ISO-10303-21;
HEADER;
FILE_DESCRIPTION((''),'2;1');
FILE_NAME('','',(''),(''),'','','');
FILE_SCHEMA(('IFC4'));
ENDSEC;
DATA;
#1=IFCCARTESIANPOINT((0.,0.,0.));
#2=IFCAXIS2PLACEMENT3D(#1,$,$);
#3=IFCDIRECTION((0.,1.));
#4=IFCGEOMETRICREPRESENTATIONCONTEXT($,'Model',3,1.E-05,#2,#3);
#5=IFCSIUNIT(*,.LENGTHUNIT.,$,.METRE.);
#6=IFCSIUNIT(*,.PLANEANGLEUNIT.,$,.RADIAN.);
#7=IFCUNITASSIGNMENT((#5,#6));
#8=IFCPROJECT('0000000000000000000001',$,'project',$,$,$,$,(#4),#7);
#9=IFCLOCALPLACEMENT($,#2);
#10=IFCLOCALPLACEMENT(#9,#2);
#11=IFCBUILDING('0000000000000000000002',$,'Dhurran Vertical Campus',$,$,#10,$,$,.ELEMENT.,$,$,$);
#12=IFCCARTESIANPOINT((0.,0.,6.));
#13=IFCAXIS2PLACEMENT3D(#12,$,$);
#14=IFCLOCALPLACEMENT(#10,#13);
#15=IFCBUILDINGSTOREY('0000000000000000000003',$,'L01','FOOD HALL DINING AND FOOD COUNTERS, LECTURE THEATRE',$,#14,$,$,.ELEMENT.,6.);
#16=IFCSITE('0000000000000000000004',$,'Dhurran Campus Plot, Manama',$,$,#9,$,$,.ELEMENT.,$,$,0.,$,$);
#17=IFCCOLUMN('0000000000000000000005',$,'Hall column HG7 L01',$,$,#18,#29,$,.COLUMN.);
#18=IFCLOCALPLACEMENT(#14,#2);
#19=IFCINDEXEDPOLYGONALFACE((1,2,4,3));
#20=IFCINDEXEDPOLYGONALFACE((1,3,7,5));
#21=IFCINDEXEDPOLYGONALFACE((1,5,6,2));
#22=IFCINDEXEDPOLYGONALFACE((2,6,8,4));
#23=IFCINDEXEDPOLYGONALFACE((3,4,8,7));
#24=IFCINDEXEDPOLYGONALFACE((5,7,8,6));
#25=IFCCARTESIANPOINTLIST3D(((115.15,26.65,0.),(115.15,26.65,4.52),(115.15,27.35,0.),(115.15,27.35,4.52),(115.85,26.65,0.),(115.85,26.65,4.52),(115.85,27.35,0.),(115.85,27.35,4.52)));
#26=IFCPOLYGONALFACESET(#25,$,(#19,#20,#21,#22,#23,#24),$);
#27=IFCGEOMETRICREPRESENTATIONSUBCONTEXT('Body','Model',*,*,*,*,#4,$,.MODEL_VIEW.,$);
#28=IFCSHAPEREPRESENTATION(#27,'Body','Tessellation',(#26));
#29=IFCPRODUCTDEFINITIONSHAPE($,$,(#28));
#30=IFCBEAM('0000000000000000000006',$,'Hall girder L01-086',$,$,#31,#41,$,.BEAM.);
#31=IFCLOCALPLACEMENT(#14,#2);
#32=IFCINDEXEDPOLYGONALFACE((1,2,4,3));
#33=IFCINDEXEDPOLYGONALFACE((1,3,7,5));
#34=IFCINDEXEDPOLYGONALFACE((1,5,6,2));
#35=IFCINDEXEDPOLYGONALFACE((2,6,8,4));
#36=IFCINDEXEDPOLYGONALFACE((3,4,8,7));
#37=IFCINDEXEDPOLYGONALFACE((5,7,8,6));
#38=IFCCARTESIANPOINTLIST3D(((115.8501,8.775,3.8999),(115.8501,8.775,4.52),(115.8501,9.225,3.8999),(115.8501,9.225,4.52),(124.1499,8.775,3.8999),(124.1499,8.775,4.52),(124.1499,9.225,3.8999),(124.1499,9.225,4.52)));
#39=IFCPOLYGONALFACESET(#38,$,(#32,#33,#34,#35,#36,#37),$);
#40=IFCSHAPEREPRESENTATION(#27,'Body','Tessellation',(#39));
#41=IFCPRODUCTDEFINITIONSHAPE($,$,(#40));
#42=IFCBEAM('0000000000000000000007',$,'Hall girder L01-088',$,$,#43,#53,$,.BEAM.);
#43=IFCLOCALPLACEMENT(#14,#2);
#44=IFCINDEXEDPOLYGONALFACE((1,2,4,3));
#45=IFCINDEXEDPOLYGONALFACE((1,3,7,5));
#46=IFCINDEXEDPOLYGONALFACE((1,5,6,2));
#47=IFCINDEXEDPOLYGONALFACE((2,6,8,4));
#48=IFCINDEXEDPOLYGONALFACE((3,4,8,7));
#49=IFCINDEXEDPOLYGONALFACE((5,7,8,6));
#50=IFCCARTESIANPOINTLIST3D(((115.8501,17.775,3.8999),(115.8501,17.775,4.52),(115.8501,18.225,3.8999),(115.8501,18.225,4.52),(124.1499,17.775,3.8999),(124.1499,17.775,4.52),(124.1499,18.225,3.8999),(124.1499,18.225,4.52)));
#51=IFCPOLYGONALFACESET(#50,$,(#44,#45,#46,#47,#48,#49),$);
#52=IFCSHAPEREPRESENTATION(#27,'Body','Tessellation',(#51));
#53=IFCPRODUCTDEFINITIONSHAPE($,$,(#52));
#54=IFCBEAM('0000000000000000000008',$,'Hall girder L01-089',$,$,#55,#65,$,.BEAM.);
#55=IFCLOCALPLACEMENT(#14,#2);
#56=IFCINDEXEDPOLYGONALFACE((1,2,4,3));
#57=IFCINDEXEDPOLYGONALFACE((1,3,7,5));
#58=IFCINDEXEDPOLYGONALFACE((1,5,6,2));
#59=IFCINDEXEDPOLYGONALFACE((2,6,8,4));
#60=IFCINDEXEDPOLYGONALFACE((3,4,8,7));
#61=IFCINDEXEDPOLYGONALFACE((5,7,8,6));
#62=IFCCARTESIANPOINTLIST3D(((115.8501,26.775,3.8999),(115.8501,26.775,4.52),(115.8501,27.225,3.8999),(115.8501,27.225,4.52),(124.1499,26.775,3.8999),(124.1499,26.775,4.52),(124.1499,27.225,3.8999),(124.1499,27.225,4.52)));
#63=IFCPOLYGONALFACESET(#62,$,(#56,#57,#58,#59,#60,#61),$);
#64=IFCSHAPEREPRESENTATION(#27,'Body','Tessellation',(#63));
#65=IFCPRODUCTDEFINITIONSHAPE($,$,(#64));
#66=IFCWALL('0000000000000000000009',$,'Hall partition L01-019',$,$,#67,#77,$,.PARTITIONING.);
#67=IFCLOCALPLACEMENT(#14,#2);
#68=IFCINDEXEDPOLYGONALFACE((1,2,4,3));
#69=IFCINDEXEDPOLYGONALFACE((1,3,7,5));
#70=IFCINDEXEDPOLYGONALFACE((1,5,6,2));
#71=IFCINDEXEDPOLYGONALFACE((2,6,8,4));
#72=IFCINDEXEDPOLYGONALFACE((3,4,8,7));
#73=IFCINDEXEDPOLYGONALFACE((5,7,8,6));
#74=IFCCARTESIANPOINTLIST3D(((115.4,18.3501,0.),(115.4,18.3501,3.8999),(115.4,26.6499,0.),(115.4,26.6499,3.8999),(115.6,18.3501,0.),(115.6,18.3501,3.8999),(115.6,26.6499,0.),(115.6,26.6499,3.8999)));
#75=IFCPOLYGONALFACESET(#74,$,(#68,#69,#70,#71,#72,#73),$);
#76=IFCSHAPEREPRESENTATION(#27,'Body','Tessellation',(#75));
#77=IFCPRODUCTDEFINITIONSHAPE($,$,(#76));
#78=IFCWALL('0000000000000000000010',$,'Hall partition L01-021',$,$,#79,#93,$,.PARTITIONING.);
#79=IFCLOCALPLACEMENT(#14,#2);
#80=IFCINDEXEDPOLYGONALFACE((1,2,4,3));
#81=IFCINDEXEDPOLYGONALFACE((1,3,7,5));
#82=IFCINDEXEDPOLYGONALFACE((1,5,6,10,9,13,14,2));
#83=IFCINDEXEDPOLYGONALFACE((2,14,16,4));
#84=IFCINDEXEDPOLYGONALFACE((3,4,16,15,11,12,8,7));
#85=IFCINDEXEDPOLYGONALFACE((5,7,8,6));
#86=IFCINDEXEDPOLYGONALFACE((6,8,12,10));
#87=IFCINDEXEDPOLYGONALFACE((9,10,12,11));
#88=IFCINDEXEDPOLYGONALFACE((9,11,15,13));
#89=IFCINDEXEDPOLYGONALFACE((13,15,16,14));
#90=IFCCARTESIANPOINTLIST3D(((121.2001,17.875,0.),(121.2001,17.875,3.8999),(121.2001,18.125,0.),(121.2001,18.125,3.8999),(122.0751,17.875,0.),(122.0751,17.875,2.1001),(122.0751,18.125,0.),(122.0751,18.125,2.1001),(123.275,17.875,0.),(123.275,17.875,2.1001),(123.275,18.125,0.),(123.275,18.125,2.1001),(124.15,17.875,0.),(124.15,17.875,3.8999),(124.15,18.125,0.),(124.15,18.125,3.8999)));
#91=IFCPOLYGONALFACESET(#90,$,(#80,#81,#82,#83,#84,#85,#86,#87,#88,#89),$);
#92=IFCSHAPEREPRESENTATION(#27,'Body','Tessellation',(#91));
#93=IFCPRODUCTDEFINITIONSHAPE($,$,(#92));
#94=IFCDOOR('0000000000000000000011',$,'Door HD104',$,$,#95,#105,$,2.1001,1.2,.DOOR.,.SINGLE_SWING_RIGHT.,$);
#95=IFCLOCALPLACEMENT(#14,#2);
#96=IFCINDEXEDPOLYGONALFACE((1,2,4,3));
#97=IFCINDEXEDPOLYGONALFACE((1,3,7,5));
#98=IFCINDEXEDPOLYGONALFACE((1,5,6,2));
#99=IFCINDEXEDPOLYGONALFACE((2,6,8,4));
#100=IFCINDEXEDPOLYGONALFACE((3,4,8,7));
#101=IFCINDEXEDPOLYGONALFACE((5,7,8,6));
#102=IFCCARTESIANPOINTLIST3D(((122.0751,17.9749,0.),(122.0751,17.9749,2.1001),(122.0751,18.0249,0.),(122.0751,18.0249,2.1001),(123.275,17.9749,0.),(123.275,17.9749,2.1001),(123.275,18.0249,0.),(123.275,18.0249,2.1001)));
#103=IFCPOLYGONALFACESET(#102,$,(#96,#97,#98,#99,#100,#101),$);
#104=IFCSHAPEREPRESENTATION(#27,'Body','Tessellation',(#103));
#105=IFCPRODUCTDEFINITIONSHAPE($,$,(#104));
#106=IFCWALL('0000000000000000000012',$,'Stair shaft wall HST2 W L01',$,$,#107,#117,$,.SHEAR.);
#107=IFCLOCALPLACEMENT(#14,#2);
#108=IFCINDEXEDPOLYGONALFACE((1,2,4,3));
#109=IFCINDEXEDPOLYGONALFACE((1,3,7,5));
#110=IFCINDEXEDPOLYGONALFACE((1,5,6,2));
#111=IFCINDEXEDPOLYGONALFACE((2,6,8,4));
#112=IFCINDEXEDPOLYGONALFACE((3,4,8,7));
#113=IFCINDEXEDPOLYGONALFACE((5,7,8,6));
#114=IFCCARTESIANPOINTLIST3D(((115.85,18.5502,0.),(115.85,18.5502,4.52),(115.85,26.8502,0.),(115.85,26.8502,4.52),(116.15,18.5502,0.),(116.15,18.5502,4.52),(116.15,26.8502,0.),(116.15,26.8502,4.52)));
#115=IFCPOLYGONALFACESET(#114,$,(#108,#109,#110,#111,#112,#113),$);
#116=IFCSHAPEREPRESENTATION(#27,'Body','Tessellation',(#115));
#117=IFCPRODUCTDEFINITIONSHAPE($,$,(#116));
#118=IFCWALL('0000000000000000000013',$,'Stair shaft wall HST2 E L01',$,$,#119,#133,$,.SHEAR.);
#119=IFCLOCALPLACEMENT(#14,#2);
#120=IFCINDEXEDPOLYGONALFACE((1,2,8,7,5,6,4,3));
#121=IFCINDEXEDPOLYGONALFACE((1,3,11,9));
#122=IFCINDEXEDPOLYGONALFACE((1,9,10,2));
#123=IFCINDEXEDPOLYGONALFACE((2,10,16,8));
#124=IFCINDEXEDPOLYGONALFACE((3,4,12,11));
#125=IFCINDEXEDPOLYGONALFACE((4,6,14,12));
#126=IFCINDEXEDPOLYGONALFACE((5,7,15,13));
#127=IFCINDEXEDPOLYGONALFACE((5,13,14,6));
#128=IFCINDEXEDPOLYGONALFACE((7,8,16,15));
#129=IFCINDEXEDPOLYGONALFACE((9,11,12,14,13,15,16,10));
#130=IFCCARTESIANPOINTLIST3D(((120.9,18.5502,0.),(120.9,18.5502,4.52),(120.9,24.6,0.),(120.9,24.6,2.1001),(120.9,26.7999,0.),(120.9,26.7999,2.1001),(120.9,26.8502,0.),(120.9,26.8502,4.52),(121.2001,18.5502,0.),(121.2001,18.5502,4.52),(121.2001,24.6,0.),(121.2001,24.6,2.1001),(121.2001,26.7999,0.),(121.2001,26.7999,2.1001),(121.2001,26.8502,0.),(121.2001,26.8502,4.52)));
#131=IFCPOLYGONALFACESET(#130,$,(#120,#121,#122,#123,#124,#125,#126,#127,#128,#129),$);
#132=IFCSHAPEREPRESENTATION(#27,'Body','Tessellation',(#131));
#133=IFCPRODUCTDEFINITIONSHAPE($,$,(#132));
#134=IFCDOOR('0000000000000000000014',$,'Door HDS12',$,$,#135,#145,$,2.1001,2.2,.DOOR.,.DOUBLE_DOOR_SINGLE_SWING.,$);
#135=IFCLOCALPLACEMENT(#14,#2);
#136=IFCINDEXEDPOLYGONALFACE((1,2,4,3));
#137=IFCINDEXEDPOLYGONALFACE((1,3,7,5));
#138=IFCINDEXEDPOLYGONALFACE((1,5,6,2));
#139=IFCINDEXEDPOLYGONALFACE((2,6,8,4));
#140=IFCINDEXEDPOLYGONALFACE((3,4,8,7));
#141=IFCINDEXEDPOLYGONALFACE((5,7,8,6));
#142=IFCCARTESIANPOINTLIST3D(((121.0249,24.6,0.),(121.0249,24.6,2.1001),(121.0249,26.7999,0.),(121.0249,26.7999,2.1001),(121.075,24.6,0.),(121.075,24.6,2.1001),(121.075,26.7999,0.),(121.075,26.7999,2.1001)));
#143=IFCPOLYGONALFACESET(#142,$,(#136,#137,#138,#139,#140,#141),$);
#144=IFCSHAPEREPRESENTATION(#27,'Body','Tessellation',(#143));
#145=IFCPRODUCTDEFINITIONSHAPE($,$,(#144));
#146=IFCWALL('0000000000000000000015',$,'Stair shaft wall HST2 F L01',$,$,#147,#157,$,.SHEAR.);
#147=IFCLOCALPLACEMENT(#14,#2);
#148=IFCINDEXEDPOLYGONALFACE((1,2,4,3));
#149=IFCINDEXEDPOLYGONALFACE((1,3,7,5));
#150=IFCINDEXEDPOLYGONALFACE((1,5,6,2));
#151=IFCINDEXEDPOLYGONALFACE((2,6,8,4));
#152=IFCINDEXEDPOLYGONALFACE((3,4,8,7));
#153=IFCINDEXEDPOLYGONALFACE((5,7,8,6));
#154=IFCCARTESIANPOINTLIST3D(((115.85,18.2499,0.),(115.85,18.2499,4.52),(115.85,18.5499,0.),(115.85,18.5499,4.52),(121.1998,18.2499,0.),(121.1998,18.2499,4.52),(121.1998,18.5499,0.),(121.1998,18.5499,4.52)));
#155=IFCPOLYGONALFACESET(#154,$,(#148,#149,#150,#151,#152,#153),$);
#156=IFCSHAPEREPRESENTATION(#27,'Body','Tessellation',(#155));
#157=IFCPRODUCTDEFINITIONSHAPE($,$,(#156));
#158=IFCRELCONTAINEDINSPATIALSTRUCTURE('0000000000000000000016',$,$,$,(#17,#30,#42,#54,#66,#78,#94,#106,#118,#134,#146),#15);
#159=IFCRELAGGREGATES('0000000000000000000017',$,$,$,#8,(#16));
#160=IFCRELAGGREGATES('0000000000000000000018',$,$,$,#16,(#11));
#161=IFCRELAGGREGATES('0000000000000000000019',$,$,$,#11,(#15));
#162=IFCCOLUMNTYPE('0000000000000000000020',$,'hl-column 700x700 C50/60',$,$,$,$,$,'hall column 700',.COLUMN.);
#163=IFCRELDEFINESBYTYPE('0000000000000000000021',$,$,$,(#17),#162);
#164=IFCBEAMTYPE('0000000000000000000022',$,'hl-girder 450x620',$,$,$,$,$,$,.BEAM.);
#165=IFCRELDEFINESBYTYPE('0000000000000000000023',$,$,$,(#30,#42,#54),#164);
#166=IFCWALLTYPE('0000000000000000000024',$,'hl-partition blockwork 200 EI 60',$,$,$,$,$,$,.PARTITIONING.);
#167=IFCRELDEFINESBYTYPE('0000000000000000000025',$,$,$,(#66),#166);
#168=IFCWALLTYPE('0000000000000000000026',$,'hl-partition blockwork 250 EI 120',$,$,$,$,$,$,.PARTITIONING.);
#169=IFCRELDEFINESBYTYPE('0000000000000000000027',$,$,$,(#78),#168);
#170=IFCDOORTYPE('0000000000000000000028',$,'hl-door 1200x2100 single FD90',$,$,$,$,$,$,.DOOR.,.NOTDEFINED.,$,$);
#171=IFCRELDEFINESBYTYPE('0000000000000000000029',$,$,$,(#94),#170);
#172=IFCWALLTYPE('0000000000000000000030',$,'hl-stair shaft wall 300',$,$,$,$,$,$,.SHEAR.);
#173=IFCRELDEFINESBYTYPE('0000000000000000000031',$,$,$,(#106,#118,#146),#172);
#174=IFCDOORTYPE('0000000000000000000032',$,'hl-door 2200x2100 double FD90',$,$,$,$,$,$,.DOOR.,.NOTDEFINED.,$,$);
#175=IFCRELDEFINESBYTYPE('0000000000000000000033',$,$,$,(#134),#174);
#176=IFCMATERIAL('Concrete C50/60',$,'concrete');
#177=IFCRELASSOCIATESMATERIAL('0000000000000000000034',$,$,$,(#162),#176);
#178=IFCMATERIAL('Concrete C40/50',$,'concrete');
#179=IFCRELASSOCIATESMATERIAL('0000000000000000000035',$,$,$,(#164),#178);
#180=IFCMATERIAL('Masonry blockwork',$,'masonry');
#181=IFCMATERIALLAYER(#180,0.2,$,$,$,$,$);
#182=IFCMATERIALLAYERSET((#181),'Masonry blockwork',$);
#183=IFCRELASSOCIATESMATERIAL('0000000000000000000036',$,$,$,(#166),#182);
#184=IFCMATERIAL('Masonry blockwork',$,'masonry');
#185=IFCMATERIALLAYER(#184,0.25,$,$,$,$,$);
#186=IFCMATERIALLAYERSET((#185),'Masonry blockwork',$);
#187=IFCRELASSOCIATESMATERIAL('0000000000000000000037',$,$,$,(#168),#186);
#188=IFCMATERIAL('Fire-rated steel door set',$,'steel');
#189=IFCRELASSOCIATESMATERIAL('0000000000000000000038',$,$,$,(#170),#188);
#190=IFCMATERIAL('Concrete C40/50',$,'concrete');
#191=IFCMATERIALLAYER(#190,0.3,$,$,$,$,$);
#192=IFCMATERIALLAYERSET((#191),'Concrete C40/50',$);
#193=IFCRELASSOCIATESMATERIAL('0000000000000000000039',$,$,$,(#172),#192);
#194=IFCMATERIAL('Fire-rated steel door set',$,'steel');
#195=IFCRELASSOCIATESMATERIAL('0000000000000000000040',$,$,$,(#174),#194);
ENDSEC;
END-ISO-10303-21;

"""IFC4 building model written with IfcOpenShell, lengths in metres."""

from ifc_helpers import new_model, si_unit, direction, frame, frame_2d, origin, origin_2d, place, context, subcontext, project, spatial, rectangle, extrude, material, layer, layer_set, material_profile, profile_set, type_object, element, fill, save


model = new_model("IFC4")

# Units and contexts
model_context = context("Model", 3, precision=1e-05, world=origin(), true_north=direction((0.0, 1.0)))
body_context = subcontext(model_context, "Body", "Model", "MODEL_VIEW")
ifc_project = project(units=[si_unit("LENGTHUNIT", "METRE"), si_unit("PLANEANGLEUNIT", "RADIAN")], contexts=[model_context])

# Site, building, storey
site_placement = place(None, origin())
site = spatial("IfcSite", under=ifc_project, at=site_placement, Name="Dhurran Campus Plot, Manama", CompositionType="ELEMENT", RefElevation=0.0)
building_placement = place(site_placement, origin())
building = spatial("IfcBuilding", under=site, at=building_placement, Name="Dhurran Vertical Campus", CompositionType="ELEMENT")
storey_placement = place(building_placement, frame((0.0, 0.0, 6.0)))
storey = spatial("IfcBuildingStorey", under=building, at=storey_placement, Name="L01", Description="FOOD HALL DINING AND FOOD COUNTERS, LECTURE THEATRE", CompositionType="ELEMENT", Elevation=6.0)

# Column
ifc_material_1 = material(Name="Concrete C50/60", Category="concrete")
ifc_material_profile_1 = material_profile(ifc_material_1, rectangle(XDim=0.7, YDim=0.7, at=origin_2d()), Name="hl-column 700x700 C50/60")
ifc_profile_set_1 = profile_set([ifc_material_profile_1], Name="Concrete C50/60")
column_type = type_object("IfcColumnType", Name="hl-column 700x700 C50/60", ElementType="hall column 700", PredefinedType="COLUMN", material=ifc_profile_set_1)
column_placement = place(storey_placement, frame((115.5, 27.0, 0.0), z_axis=(0.0, 0.0, 1.0), x_axis=(1.0, 0.0, 0.0)))
element("IfcColumn", 1, at=column_placement, inside=storey, type_object=column_type, Name="Hall column HG7 L01", PredefinedType="COLUMN", context=body_context, shape_type="SweptSolid", body=[
    extrude(rectangle(XDim=0.7, YDim=0.7, at=origin_2d()), origin(), (0.0, 0.0, 1.0), 4.52),
])

# Beams
ifc_material_2 = material(Name="Concrete C40/50", Category="concrete")
ifc_material_profile_2 = material_profile(ifc_material_2, rectangle(XDim=0.45, YDim=0.6201, at=origin_2d()), Name="hl-girder 450x620")
ifc_profile_set_2 = profile_set([ifc_material_profile_2], Name="Concrete C40/50")
beam_type = type_object("IfcBeamType", Name="hl-girder 450x620", PredefinedType="BEAM", material=ifc_profile_set_2)
for number, where, z_axis, x_axis, name in (
    (2, (115.8501, 9.0, 4.21), (1.0, 0.0, 0.0), (0.0, 1.0, 0.0), "Hall girder L01-086"),
    (3, (115.8501, 18.0, 4.21), (1.0, 0.0, 0.0), (0.0, 1.0, 0.0), "Hall girder L01-088"),
    (4, (115.8501, 27.0, 4.21), (1.0, 0.0, 0.0), (0.0, 1.0, 0.0), "Hall girder L01-089"),
):
    element("IfcBeam", number, at=place(storey_placement, frame(where, z_axis=z_axis, x_axis=x_axis)), inside=storey, type_object=beam_type, Name=name, PredefinedType="BEAM", context=body_context, shape_type="SweptSolid", body=[
        extrude(rectangle(XDim=0.45, YDim=0.6201, at=origin_2d()), origin(), (0.0, 0.0, 1.0), 8.2998),
    ])

# Wall
ifc_material_3 = material(Name="Masonry blockwork", Category="masonry")
ifc_layer_1 = layer(ifc_material_3, 0.2)
ifc_layer_set_1 = layer_set([ifc_layer_1], Name="Masonry blockwork")
wall_type_1 = type_object("IfcWallType", Name="hl-partition blockwork 200 EI 60", PredefinedType="PARTITIONING", material=ifc_layer_set_1)
wall_1_placement = place(storey_placement, frame((115.5, 18.3501, 0.0), z_axis=(0.0, 0.0, 1.0), x_axis=(0.0, 1.0, 0.0)))
element("IfcWall", 5, at=wall_1_placement, inside=storey, type_object=wall_type_1, Name="Hall partition L01-019", PredefinedType="PARTITIONING", context=body_context, shape_type="SweptSolid", body=[
    extrude(rectangle(XDim=8.2998, YDim=0.2, at=frame_2d((4.1499, 0.0))), origin(), (0.0, 0.0, 1.0), 3.8999),
])

# Wall, opening, door
ifc_material_4 = material(Name="Masonry blockwork", Category="masonry")
ifc_layer_2 = layer(ifc_material_4, 0.25)
ifc_layer_set_2 = layer_set([ifc_layer_2], Name="Masonry blockwork")
wall_type_2 = type_object("IfcWallType", Name="hl-partition blockwork 250 EI 120", PredefinedType="PARTITIONING", material=ifc_layer_set_2)
wall_2_placement = place(storey_placement, frame((121.2, 18.0, 0.0), z_axis=(0.0, 0.0, 1.0), x_axis=(1.0, 0.0, 0.0)))
wall_2 = element("IfcWall", 6, at=wall_2_placement, inside=storey, type_object=wall_type_2, Name="Hall partition L01-021", PredefinedType="PARTITIONING", context=body_context, shape_type="SweptSolid", body=[
    extrude(rectangle(XDim=2.95, YDim=0.25, at=frame_2d((1.4751, 0.0))), origin(), (0.0, 0.0, 1.0), 3.8999),
])
opening_1_placement = place(wall_2_placement, frame((0.875, 0.0, 0.0)))
opening_1 = element("IfcOpeningElement", 7, at=opening_1_placement, cuts=wall_2, PredefinedType="OPENING", context=body_context, shape_type="SweptSolid", body=[
    extrude(rectangle(XDim=1.2, YDim=2.1001, at=frame_2d((0.6001, 1.05))), frame((0.0, 0.135, 0.0), z_axis=(0.0, -1.0, 0.0), x_axis=(1.0, 0.0, 0.0)), (0.0, 0.0, 1.0), 0.27),
])
ifc_material_5 = material(Name="Fire-rated steel door set", Category="steel")
door_type_1 = type_object("IfcDoorType", Name="hl-door 1200x2100 single FD90", OperationType="NOTDEFINED", PredefinedType="DOOR", material=ifc_material_5)
door_1_placement = place(opening_1_placement, origin())
door_1 = element("IfcDoor", 8, at=door_1_placement, inside=storey, type_object=door_type_1, Name="Door HD104", OperationType="SINGLE_SWING_RIGHT", OverallHeight=2.1001, OverallWidth=1.2, PredefinedType="DOOR", context=body_context, shape_type="SweptSolid", body=[
    extrude(rectangle(XDim=1.2, YDim=2.1001, at=frame_2d((0.6001, 1.05))), frame((0.0, 0.0249, 0.0), z_axis=(0.0, -1.0, 0.0), x_axis=(1.0, 0.0, 0.0)), (0.0, 0.0, 1.0), 0.05),
])
fill(opening_1, door_1)

# Wall
ifc_material_6 = material(Name="Concrete C40/50", Category="concrete")
ifc_layer_3 = layer(ifc_material_6, 0.3)
ifc_layer_set_3 = layer_set([ifc_layer_3], Name="Concrete C40/50")
wall_type_3 = type_object("IfcWallType", Name="hl-stair shaft wall 300", PredefinedType="SHEAR", material=ifc_layer_set_3)
wall_3_placement = place(storey_placement, frame((116.0, 26.8501, 0.0), z_axis=(0.0, 0.0, 1.0), x_axis=(0.0, -1.0, 0.0)))
element("IfcWall", 9, at=wall_3_placement, inside=storey, type_object=wall_type_3, Name="Stair shaft wall HST2 W L01", PredefinedType="SHEAR", context=body_context, shape_type="SweptSolid", body=[
    extrude(rectangle(XDim=8.3, YDim=0.3, at=frame_2d((4.1499, 0.0))), origin(), (0.0, 0.0, 1.0), 4.52),
])

# Wall, opening, door
wall_4_placement = place(storey_placement, frame((121.05, 26.8501, 0.0), z_axis=(0.0, 0.0, 1.0), x_axis=(0.0, -1.0, 0.0)))
wall_4 = element("IfcWall", 10, at=wall_4_placement, inside=storey, type_object=wall_type_3, Name="Stair shaft wall HST2 E L01", PredefinedType="SHEAR", context=body_context, shape_type="SweptSolid", body=[
    extrude(rectangle(XDim=8.3, YDim=0.3, at=frame_2d((4.1499, 0.0))), origin(), (0.0, 0.0, 1.0), 4.52),
])
opening_2_placement = place(wall_4_placement, frame((0.05, 0.0, 0.0)))
opening_2 = element("IfcOpeningElement", 11, at=opening_2_placement, cuts=wall_4, PredefinedType="OPENING", context=body_context, shape_type="SweptSolid", body=[
    extrude(rectangle(XDim=2.2, YDim=2.1001, at=frame_2d((1.1001, 1.05))), frame((0.0, 0.1599, 0.0), z_axis=(0.0, -1.0, 0.0), x_axis=(1.0, 0.0, 0.0)), (0.0, 0.0, 1.0), 0.3201),
])
ifc_material_7 = material(Name="Fire-rated steel door set", Category="steel")
door_type_2 = type_object("IfcDoorType", Name="hl-door 2200x2100 double FD90", OperationType="NOTDEFINED", PredefinedType="DOOR", material=ifc_material_7)
door_2_placement = place(opening_2_placement, origin())
door_2 = element("IfcDoor", 12, at=door_2_placement, inside=storey, type_object=door_type_2, Name="Door HDS12", OperationType="DOUBLE_DOOR_SINGLE_SWING", OverallHeight=2.1001, OverallWidth=2.2, PredefinedType="DOOR", context=body_context, shape_type="SweptSolid", body=[
    extrude(rectangle(XDim=2.2, YDim=2.1001, at=frame_2d((1.1001, 1.05))), frame((0.0, 0.0249, 0.0), z_axis=(0.0, -1.0, 0.0), x_axis=(1.0, 0.0, 0.0)), (0.0, 0.0, 1.0), 0.05),
])
fill(opening_2, door_2)

# Wall
wall_5_placement = place(storey_placement, frame((115.8501, 18.3999, 0.0), z_axis=(0.0, 0.0, 1.0), x_axis=(1.0, 0.0, 0.0)))
element("IfcWall", 13, at=wall_5_placement, inside=storey, type_object=wall_type_3, Name="Stair shaft wall HST2 F L01", PredefinedType="SHEAR", context=body_context, shape_type="SweptSolid", body=[
    extrude(rectangle(XDim=5.3499, YDim=0.3, at=frame_2d((2.6748, 0.0))), origin(), (0.0, 0.0, 1.0), 4.52),
])

save(model, "model.ifc")
